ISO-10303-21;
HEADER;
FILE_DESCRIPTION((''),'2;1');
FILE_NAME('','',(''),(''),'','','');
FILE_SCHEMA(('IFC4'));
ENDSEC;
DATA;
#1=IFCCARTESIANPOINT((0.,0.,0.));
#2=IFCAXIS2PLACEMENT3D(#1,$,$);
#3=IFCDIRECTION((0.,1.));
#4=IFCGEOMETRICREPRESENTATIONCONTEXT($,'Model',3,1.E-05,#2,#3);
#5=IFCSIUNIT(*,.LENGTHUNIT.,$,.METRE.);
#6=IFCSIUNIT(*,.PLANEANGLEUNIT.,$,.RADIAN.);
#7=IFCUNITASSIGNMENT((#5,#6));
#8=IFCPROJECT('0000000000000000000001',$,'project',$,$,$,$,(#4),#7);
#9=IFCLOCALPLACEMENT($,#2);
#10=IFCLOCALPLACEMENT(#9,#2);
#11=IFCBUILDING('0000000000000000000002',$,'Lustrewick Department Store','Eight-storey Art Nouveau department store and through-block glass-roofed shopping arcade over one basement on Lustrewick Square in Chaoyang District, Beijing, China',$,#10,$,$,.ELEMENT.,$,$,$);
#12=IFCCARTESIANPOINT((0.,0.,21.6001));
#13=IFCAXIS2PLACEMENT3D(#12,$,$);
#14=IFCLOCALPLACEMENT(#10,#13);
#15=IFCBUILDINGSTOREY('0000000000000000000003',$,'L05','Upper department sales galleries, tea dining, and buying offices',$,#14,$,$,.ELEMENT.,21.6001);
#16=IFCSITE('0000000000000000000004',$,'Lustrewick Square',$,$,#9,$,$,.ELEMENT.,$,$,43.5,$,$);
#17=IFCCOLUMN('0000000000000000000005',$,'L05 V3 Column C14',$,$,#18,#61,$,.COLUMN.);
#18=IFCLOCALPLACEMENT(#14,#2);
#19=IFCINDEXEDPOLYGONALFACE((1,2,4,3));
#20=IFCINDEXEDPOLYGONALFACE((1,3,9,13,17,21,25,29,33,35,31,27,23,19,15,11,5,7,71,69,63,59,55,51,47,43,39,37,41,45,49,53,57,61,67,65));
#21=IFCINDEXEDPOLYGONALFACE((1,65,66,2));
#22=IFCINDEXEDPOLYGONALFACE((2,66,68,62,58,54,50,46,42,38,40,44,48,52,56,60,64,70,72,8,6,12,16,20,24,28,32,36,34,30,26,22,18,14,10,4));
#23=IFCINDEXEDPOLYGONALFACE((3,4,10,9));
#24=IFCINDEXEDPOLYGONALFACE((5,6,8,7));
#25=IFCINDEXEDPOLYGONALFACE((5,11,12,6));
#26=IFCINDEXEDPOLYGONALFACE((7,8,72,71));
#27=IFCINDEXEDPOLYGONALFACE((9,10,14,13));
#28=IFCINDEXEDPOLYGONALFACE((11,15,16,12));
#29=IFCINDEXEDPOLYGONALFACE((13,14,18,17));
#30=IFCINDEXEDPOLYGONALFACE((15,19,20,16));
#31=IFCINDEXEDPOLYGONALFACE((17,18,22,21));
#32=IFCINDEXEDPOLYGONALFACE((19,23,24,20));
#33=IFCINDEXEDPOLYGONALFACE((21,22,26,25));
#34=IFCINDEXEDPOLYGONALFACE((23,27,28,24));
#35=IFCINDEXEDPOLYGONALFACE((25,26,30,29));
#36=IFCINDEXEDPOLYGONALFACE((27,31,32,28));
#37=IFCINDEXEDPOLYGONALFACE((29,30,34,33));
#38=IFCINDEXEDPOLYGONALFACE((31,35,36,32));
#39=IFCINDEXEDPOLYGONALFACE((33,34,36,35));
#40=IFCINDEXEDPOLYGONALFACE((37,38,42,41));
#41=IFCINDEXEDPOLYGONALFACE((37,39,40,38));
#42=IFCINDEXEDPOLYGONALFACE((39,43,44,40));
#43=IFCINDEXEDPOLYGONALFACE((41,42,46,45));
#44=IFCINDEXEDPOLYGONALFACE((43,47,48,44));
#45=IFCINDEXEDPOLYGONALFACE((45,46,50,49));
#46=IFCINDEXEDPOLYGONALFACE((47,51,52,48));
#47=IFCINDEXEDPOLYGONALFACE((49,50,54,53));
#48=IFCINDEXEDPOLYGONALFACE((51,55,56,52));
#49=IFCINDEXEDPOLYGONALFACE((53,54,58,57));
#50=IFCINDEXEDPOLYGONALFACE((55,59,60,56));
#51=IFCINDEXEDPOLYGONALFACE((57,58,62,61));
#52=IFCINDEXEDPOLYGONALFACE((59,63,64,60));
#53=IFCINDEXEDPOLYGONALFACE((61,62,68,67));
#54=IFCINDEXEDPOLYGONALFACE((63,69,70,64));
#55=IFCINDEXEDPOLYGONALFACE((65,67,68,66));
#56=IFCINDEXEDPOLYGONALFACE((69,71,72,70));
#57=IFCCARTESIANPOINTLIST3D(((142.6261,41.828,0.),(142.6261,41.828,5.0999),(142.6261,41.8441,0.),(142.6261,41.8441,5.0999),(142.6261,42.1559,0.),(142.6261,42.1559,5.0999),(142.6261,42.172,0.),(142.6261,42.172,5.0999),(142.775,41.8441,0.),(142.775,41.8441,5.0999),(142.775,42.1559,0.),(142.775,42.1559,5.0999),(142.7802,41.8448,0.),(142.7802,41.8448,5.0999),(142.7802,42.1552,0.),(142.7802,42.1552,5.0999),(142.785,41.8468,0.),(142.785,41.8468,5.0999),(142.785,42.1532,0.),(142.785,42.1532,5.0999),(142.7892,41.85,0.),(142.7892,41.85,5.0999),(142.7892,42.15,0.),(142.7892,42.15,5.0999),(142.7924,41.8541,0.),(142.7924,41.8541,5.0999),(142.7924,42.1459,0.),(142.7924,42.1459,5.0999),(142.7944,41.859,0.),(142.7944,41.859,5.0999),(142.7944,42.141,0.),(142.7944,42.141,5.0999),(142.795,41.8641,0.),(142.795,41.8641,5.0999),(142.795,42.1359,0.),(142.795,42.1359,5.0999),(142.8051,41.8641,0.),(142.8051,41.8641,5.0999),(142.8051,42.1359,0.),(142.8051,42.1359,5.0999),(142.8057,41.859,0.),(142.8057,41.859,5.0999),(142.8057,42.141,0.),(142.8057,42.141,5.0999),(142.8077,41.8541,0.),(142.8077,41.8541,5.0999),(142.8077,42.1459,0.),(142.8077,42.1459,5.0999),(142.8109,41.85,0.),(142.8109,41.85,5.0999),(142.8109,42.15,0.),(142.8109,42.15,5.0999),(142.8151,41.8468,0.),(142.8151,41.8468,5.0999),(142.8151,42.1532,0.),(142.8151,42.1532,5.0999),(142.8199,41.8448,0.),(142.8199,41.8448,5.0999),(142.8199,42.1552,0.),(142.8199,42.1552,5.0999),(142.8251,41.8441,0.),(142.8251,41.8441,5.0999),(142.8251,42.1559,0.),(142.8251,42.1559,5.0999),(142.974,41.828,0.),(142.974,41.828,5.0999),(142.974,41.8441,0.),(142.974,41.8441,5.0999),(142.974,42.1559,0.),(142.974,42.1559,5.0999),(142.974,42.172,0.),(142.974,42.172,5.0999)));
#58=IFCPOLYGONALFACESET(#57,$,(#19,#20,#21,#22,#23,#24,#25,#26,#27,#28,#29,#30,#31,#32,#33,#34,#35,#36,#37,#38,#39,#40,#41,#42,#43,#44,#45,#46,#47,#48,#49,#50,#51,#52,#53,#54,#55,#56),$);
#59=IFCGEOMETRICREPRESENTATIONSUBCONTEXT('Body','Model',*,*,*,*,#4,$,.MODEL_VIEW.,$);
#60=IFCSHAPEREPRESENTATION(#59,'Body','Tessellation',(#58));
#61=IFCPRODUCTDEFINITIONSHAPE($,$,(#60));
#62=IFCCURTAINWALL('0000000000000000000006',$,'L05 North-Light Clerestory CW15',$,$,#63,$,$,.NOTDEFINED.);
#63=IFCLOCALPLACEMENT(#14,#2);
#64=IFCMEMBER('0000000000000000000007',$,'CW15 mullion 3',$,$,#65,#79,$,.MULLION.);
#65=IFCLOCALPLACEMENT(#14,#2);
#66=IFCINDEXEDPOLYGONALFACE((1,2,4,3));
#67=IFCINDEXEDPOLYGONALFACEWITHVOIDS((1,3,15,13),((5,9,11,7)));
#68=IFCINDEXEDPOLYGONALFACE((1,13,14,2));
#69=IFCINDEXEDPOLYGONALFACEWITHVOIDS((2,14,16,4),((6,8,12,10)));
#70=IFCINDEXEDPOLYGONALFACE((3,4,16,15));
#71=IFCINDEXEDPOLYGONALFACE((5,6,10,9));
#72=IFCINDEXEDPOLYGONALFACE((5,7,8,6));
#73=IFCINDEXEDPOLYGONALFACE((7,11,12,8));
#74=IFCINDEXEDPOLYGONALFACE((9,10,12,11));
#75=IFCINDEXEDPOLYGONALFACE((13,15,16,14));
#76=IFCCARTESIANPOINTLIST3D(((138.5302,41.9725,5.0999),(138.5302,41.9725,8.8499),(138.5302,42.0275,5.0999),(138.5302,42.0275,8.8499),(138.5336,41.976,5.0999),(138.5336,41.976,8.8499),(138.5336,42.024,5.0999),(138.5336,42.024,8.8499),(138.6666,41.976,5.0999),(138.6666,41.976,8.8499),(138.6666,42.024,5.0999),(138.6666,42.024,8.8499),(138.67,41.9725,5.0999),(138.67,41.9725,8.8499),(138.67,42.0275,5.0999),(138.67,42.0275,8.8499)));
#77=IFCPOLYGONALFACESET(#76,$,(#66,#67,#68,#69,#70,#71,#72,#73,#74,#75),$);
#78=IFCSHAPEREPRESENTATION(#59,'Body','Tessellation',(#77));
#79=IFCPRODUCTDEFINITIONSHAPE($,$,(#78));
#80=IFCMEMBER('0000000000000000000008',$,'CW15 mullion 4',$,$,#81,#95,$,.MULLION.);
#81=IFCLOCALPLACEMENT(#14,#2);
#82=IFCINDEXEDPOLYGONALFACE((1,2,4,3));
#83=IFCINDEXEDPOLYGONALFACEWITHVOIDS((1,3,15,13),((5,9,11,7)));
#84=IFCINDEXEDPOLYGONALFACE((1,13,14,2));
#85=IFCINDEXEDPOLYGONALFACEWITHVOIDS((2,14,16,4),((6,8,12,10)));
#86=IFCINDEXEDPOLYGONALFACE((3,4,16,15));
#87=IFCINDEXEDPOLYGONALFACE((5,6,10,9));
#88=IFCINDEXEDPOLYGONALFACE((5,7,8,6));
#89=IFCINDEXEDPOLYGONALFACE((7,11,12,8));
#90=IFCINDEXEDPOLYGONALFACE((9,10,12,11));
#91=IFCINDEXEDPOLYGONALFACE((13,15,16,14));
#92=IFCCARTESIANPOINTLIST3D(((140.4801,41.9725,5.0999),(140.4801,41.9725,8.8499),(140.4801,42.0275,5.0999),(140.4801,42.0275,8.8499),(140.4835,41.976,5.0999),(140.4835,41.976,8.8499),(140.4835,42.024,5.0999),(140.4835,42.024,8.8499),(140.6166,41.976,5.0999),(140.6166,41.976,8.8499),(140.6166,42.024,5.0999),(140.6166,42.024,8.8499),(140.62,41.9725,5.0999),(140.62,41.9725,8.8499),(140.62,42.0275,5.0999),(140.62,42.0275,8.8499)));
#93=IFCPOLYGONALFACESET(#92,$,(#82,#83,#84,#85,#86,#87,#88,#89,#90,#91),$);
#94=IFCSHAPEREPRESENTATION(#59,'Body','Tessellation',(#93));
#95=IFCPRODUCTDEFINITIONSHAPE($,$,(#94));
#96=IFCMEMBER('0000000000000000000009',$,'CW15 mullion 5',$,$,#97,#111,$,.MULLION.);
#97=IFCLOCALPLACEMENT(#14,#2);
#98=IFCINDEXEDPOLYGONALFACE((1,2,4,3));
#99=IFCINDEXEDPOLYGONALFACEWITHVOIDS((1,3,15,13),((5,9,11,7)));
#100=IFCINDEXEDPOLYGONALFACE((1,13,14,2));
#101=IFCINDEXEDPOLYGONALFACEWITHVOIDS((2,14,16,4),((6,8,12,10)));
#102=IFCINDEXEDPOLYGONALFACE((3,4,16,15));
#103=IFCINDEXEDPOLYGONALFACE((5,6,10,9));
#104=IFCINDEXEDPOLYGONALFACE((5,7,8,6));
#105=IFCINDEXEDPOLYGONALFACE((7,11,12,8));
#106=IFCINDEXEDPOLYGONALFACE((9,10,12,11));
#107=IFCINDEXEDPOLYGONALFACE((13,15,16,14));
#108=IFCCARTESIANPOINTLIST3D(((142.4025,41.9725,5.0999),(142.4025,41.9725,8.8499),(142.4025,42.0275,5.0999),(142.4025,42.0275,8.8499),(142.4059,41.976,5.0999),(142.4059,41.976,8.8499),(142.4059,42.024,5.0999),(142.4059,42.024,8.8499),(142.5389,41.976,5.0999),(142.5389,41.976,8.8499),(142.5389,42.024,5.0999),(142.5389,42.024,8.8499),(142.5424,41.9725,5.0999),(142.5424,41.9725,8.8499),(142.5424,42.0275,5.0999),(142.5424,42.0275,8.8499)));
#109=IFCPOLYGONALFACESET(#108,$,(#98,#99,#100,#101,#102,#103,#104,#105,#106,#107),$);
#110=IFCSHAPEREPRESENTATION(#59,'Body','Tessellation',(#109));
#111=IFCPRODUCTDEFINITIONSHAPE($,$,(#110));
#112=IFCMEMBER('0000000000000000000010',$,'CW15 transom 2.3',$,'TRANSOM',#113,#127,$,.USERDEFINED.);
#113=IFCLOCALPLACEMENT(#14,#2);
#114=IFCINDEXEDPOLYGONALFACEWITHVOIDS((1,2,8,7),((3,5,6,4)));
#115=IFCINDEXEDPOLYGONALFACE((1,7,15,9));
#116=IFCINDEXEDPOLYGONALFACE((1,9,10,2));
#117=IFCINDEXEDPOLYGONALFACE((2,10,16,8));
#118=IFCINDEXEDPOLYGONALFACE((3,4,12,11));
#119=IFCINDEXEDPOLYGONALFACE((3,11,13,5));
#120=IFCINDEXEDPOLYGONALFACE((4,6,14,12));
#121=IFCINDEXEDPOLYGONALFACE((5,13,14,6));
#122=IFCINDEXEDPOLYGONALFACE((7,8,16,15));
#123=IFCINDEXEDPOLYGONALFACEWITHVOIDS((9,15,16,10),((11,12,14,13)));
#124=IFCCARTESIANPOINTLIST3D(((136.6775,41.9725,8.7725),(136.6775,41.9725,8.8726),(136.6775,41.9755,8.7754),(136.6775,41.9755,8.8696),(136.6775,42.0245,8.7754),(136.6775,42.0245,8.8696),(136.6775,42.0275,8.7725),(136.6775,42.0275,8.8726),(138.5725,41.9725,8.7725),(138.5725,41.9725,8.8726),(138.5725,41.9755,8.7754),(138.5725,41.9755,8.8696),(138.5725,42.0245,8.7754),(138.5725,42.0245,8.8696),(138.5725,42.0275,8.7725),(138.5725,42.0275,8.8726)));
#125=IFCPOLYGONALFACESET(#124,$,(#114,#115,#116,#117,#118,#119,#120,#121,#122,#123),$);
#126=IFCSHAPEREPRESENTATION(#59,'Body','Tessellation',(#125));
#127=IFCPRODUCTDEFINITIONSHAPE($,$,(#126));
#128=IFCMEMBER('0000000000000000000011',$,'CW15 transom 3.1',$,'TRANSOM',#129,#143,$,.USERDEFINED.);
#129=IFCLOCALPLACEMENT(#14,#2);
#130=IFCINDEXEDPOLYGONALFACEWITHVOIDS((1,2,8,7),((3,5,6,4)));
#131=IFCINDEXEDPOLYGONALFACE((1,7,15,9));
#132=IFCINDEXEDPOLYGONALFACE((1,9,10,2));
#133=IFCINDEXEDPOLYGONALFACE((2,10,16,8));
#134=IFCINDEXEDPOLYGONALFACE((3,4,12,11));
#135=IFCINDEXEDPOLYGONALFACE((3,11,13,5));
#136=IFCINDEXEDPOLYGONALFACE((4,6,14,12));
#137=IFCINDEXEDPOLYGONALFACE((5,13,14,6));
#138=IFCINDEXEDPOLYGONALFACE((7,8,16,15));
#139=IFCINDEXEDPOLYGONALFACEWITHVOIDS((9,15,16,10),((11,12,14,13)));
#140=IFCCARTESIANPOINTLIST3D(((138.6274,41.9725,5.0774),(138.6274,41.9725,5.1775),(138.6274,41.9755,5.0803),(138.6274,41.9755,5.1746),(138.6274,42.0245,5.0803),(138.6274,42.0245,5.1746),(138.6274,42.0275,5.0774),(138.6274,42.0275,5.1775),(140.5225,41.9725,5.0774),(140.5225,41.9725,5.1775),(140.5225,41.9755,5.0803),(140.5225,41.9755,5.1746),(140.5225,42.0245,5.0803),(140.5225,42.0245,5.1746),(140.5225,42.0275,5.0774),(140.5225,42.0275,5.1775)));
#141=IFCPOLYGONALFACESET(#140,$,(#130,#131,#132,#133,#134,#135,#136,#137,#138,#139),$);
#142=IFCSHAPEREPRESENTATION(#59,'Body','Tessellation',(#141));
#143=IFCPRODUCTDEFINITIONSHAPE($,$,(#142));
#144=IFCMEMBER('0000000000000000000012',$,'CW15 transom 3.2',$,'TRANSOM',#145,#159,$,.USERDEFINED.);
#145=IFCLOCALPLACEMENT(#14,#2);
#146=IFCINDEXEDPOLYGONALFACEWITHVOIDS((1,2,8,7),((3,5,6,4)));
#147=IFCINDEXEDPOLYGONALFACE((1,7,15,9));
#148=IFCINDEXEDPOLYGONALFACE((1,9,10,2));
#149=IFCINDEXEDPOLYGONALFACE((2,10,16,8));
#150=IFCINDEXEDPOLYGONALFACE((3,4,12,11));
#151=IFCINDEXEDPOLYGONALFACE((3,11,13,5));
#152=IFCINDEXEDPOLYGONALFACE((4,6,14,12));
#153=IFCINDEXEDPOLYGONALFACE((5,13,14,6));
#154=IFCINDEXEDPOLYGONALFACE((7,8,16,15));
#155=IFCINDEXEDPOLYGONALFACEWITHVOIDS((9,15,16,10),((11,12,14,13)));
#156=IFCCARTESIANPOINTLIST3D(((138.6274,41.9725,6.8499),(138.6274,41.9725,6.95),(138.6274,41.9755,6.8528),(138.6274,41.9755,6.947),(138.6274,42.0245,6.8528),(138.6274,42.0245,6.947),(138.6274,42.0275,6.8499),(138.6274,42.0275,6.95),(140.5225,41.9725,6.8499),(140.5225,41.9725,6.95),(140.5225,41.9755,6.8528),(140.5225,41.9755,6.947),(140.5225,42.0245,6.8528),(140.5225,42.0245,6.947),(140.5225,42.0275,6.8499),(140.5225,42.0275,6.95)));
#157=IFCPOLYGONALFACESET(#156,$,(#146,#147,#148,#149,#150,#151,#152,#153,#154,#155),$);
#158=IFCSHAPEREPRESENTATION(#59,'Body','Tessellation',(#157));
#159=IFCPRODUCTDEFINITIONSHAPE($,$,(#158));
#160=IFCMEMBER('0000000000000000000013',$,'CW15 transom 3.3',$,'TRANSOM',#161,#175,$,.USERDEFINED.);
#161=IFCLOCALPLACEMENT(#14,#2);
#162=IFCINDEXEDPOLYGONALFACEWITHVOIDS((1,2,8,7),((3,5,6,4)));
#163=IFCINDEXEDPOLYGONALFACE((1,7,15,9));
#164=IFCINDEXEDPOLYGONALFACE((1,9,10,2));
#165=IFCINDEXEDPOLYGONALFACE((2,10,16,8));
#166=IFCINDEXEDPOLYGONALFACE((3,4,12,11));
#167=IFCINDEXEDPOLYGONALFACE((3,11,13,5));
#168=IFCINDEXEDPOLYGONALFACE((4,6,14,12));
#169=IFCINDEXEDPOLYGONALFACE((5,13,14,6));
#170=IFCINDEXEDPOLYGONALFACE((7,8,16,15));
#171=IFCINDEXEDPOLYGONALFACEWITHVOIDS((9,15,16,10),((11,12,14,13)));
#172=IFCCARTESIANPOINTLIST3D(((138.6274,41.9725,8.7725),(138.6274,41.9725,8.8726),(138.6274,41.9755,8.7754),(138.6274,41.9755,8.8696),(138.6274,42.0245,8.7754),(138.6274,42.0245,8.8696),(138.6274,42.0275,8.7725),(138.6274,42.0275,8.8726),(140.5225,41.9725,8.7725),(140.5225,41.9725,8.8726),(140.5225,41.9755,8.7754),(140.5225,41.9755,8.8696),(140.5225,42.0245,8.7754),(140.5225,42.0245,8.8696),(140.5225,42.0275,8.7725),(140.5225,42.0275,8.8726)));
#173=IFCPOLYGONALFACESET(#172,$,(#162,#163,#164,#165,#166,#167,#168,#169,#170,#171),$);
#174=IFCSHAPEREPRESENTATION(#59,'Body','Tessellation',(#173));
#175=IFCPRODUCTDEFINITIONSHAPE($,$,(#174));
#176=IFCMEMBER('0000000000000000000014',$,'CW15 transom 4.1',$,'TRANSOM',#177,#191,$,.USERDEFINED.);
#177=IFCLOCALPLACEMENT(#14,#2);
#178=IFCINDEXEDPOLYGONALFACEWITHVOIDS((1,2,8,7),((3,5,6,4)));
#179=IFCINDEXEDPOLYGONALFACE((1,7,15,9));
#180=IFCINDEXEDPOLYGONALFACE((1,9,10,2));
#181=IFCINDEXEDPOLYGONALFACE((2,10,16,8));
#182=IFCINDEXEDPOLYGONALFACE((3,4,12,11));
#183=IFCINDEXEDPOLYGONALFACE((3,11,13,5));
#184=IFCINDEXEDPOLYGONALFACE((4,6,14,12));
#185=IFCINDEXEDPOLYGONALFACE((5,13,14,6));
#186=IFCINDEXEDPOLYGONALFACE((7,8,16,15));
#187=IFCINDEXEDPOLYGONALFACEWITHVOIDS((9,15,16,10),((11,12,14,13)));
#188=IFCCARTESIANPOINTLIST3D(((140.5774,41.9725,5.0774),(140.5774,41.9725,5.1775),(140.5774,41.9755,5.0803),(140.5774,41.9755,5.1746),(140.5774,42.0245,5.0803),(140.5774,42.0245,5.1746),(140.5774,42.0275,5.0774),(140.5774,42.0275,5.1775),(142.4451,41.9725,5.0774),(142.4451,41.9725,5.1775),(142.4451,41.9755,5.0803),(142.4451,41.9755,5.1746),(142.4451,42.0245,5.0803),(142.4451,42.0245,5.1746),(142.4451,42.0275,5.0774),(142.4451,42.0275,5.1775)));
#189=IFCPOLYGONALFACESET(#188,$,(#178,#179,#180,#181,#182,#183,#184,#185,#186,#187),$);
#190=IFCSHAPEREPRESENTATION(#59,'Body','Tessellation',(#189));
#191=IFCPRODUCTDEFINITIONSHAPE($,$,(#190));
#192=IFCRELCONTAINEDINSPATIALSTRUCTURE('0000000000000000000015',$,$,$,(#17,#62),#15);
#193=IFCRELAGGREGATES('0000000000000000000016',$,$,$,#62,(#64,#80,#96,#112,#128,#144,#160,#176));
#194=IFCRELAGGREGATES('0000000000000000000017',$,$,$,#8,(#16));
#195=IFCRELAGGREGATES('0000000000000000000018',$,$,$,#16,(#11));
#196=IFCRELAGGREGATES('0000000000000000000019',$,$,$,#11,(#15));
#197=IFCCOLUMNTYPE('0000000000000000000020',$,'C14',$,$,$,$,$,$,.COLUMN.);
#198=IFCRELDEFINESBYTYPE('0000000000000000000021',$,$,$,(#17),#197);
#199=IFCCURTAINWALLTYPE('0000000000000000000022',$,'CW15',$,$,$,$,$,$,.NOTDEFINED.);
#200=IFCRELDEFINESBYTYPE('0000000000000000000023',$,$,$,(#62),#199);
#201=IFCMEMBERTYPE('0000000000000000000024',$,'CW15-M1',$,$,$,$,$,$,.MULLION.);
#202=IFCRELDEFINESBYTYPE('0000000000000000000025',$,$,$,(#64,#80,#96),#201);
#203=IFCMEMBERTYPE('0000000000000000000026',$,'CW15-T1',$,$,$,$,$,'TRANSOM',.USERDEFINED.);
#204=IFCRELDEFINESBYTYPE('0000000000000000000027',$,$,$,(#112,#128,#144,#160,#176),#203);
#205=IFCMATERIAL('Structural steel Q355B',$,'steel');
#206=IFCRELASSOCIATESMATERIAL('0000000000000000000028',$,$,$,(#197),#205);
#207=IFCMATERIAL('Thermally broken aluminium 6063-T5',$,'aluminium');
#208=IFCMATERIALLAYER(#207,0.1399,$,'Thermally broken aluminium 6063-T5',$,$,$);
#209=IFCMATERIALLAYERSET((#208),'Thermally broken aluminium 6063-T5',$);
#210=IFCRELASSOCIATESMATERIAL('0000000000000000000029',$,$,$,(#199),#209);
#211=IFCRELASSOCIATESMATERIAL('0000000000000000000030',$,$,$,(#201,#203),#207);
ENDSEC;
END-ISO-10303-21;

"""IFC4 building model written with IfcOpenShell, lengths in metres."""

from ifc_helpers import new_model, si_unit, direction, frame, origin, origin_2d, place, context, subcontext, project, spatial, hollow_rectangle, i_section, extrude, material, layer, layer_set, material_profile, profile_set, type_object, element, aggregate, save


model = new_model("IFC4")

# Units and contexts
model_context = context("Model", 3, precision=1e-05, world=origin(), true_north=direction((0.0, 1.0)))
body_context = subcontext(model_context, "Body", "Model", "MODEL_VIEW")
ifc_project = project(units=[si_unit("LENGTHUNIT", "METRE"), si_unit("PLANEANGLEUNIT", "RADIAN")], contexts=[model_context])

# Site, building, storey
site_placement = place(None, origin())
site = spatial("IfcSite", under=ifc_project, at=site_placement, Name="Lustrewick Square", CompositionType="ELEMENT", RefElevation=43.5)
building_placement = place(site_placement, origin())
building = spatial("IfcBuilding", under=site, at=building_placement, Name="Lustrewick Department Store", Description="Eight-storey Art Nouveau department store and through-block glass-roofed shopping arcade over one basement on Lustrewick Square in Chaoyang District, Beijing, China", CompositionType="ELEMENT")
storey_placement = place(building_placement, frame((0.0, 0.0, 21.6001)))
storey = spatial("IfcBuildingStorey", under=building, at=storey_placement, Name="L05", Description="Upper department sales galleries, tea dining, and buying offices", CompositionType="ELEMENT", Elevation=21.6001)

# Column
ifc_material_1 = material(Name="Structural steel Q355B", Category="steel")
ifc_material_profile_1 = material_profile(ifc_material_1, i_section(OverallWidth=0.3479, OverallDepth=0.344, WebThickness=0.01, FlangeThickness=0.0161, FilletRadius=0.02, at=origin_2d()), Name="HW 344x348x10x16")
ifc_profile_set_1 = profile_set([ifc_material_profile_1], Name="Structural steel Q355B")
column_type = type_object("IfcColumnType", Name="C14", PredefinedType="COLUMN", material=ifc_profile_set_1)
column_placement = place(storey_placement, frame((142.8, 42.0, 0.0), z_axis=(0.0, 0.0, 1.0), x_axis=(1.0, 0.0, 0.0)))
element("IfcColumn", 1, at=column_placement, inside=storey, type_object=column_type, Name="L05 V3 Column C14", PredefinedType="COLUMN", context=body_context, shape_type="SweptSolid", body=[
    extrude(i_section(OverallWidth=0.3479, OverallDepth=0.344, WebThickness=0.01, FlangeThickness=0.0161, FilletRadius=0.02, at=origin_2d()), origin(), (0.0, 0.0, 1.0), 5.0999),
])

# Curtain wall, members
ifc_material_2 = material(Name="Thermally broken aluminium 6063-T5", Category="aluminium")
ifc_layer_1 = layer(ifc_material_2, 0.1399, Name="Thermally broken aluminium 6063-T5")
ifc_layer_set_1 = layer_set([ifc_layer_1], Name="Thermally broken aluminium 6063-T5")
curtain_wall_type = type_object("IfcCurtainWallType", Name="CW15", PredefinedType="NOTDEFINED", material=ifc_layer_set_1)
curtain_wall_placement = place(storey_placement, origin())
curtain_wall = element("IfcCurtainWall", 2, at=curtain_wall_placement, inside=storey, type_object=curtain_wall_type, Name="L05 North-Light Clerestory CW15", PredefinedType="NOTDEFINED")
ifc_material_profile_2 = material_profile(ifc_material_2, hollow_rectangle(XDim=0.0549, YDim=0.1399, WallThickness=0.0034, at=origin_2d()), Name="ALU-M 55x140x3.5")
ifc_profile_set_2 = profile_set([ifc_material_profile_2], Name="Thermally broken aluminium 6063-T5")
member_type_1 = type_object("IfcMemberType", Name="CW15-M1", PredefinedType="MULLION", material=ifc_profile_set_2)
member_1_placement = place(storey_placement, frame((138.6001, 42.0, 5.0999), z_axis=(0.0, 0.0, 1.0), x_axis=(0.0, 1.0, 0.0)))
member_1 = element("IfcMember", 3, at=member_1_placement, type_object=member_type_1, Name="CW15 mullion 3", PredefinedType="MULLION", context=body_context, shape_type="SweptSolid", body=[
    extrude(hollow_rectangle(XDim=0.0549, YDim=0.1399, WallThickness=0.0034, at=origin_2d()), origin(), (0.0, 0.0, 1.0), 3.75),
])
member_2_placement = place(storey_placement, frame((140.55, 42.0, 5.0999), z_axis=(0.0, 0.0, 1.0), x_axis=(0.0, 1.0, 0.0)))
member_2 = element("IfcMember", 4, at=member_2_placement, type_object=member_type_1, Name="CW15 mullion 4", PredefinedType="MULLION", context=body_context, shape_type="SweptSolid", body=[
    extrude(hollow_rectangle(XDim=0.0549, YDim=0.1399, WallThickness=0.0034, at=origin_2d()), origin(), (0.0, 0.0, 1.0), 3.75),
])
member_3_placement = place(storey_placement, frame((142.4724, 42.0, 5.0999), z_axis=(0.0, 0.0, 1.0), x_axis=(0.0, 1.0, 0.0)))
member_3 = element("IfcMember", 5, at=member_3_placement, type_object=member_type_1, Name="CW15 mullion 5", PredefinedType="MULLION", context=body_context, shape_type="SweptSolid", body=[
    extrude(hollow_rectangle(XDim=0.0549, YDim=0.1399, WallThickness=0.0034, at=origin_2d()), origin(), (0.0, 0.0, 1.0), 3.75),
])
ifc_material_profile_3 = material_profile(ifc_material_2, hollow_rectangle(XDim=0.0549, YDim=0.1001, WallThickness=0.0029, at=origin_2d()), Name="ALU-T 55x100x3")
ifc_profile_set_3 = profile_set([ifc_material_profile_3], Name="Thermally broken aluminium 6063-T5")
member_type_2 = type_object("IfcMemberType", Name="CW15-T1", ElementType="TRANSOM", PredefinedType="USERDEFINED", material=ifc_profile_set_3)
member_4_placement = place(storey_placement, frame((136.6775, 42.0, 8.8225), z_axis=(1.0, 0.0, 0.0), x_axis=(0.0, 1.0, 0.0)))
member_4 = element("IfcMember", 6, at=member_4_placement, type_object=member_type_2, Name="CW15 transom 2.3", ObjectType="TRANSOM", PredefinedType="USERDEFINED", context=body_context, shape_type="SweptSolid", body=[
    extrude(hollow_rectangle(XDim=0.0549, YDim=0.1001, WallThickness=0.0029, at=origin_2d()), origin(), (0.0, 0.0, 1.0), 1.895),
])
member_5_placement = place(storey_placement, frame((138.6274, 42.0, 5.1274), z_axis=(1.0, 0.0, 0.0), x_axis=(0.0, 1.0, 0.0)))
member_5 = element("IfcMember", 7, at=member_5_placement, type_object=member_type_2, Name="CW15 transom 3.1", ObjectType="TRANSOM", PredefinedType="USERDEFINED", context=body_context, shape_type="SweptSolid", body=[
    extrude(hollow_rectangle(XDim=0.0549, YDim=0.1001, WallThickness=0.0029, at=origin_2d()), origin(), (0.0, 0.0, 1.0), 1.895),
])
member_6_placement = place(storey_placement, frame((138.6274, 42.0, 6.8999), z_axis=(1.0, 0.0, 0.0), x_axis=(0.0, 1.0, 0.0)))
member_6 = element("IfcMember", 8, at=member_6_placement, type_object=member_type_2, Name="CW15 transom 3.2", ObjectType="TRANSOM", PredefinedType="USERDEFINED", context=body_context, shape_type="SweptSolid", body=[
    extrude(hollow_rectangle(XDim=0.0549, YDim=0.1001, WallThickness=0.0029, at=origin_2d()), origin(), (0.0, 0.0, 1.0), 1.895),
])
member_7_placement = place(storey_placement, frame((138.6274, 42.0, 8.8225), z_axis=(1.0, 0.0, 0.0), x_axis=(0.0, 1.0, 0.0)))
member_7 = element("IfcMember", 9, at=member_7_placement, type_object=member_type_2, Name="CW15 transom 3.3", ObjectType="TRANSOM", PredefinedType="USERDEFINED", context=body_context, shape_type="SweptSolid", body=[
    extrude(hollow_rectangle(XDim=0.0549, YDim=0.1001, WallThickness=0.0029, at=origin_2d()), origin(), (0.0, 0.0, 1.0), 1.895),
])
member_8_placement = place(storey_placement, frame((140.5774, 42.0, 5.1274), z_axis=(1.0, 0.0, 0.0), x_axis=(0.0, 1.0, 0.0)))
member_8 = element("IfcMember", 10, at=member_8_placement, type_object=member_type_2, Name="CW15 transom 4.1", ObjectType="TRANSOM", PredefinedType="USERDEFINED", context=body_context, shape_type="SweptSolid", body=[
    extrude(hollow_rectangle(XDim=0.0549, YDim=0.1001, WallThickness=0.0029, at=origin_2d()), origin(), (0.0, 0.0, 1.0), 1.8677),
])
aggregate(curtain_wall, [member_1, member_2, member_3, member_4, member_5, member_6, member_7, member_8])

save(model, "model.ifc")
